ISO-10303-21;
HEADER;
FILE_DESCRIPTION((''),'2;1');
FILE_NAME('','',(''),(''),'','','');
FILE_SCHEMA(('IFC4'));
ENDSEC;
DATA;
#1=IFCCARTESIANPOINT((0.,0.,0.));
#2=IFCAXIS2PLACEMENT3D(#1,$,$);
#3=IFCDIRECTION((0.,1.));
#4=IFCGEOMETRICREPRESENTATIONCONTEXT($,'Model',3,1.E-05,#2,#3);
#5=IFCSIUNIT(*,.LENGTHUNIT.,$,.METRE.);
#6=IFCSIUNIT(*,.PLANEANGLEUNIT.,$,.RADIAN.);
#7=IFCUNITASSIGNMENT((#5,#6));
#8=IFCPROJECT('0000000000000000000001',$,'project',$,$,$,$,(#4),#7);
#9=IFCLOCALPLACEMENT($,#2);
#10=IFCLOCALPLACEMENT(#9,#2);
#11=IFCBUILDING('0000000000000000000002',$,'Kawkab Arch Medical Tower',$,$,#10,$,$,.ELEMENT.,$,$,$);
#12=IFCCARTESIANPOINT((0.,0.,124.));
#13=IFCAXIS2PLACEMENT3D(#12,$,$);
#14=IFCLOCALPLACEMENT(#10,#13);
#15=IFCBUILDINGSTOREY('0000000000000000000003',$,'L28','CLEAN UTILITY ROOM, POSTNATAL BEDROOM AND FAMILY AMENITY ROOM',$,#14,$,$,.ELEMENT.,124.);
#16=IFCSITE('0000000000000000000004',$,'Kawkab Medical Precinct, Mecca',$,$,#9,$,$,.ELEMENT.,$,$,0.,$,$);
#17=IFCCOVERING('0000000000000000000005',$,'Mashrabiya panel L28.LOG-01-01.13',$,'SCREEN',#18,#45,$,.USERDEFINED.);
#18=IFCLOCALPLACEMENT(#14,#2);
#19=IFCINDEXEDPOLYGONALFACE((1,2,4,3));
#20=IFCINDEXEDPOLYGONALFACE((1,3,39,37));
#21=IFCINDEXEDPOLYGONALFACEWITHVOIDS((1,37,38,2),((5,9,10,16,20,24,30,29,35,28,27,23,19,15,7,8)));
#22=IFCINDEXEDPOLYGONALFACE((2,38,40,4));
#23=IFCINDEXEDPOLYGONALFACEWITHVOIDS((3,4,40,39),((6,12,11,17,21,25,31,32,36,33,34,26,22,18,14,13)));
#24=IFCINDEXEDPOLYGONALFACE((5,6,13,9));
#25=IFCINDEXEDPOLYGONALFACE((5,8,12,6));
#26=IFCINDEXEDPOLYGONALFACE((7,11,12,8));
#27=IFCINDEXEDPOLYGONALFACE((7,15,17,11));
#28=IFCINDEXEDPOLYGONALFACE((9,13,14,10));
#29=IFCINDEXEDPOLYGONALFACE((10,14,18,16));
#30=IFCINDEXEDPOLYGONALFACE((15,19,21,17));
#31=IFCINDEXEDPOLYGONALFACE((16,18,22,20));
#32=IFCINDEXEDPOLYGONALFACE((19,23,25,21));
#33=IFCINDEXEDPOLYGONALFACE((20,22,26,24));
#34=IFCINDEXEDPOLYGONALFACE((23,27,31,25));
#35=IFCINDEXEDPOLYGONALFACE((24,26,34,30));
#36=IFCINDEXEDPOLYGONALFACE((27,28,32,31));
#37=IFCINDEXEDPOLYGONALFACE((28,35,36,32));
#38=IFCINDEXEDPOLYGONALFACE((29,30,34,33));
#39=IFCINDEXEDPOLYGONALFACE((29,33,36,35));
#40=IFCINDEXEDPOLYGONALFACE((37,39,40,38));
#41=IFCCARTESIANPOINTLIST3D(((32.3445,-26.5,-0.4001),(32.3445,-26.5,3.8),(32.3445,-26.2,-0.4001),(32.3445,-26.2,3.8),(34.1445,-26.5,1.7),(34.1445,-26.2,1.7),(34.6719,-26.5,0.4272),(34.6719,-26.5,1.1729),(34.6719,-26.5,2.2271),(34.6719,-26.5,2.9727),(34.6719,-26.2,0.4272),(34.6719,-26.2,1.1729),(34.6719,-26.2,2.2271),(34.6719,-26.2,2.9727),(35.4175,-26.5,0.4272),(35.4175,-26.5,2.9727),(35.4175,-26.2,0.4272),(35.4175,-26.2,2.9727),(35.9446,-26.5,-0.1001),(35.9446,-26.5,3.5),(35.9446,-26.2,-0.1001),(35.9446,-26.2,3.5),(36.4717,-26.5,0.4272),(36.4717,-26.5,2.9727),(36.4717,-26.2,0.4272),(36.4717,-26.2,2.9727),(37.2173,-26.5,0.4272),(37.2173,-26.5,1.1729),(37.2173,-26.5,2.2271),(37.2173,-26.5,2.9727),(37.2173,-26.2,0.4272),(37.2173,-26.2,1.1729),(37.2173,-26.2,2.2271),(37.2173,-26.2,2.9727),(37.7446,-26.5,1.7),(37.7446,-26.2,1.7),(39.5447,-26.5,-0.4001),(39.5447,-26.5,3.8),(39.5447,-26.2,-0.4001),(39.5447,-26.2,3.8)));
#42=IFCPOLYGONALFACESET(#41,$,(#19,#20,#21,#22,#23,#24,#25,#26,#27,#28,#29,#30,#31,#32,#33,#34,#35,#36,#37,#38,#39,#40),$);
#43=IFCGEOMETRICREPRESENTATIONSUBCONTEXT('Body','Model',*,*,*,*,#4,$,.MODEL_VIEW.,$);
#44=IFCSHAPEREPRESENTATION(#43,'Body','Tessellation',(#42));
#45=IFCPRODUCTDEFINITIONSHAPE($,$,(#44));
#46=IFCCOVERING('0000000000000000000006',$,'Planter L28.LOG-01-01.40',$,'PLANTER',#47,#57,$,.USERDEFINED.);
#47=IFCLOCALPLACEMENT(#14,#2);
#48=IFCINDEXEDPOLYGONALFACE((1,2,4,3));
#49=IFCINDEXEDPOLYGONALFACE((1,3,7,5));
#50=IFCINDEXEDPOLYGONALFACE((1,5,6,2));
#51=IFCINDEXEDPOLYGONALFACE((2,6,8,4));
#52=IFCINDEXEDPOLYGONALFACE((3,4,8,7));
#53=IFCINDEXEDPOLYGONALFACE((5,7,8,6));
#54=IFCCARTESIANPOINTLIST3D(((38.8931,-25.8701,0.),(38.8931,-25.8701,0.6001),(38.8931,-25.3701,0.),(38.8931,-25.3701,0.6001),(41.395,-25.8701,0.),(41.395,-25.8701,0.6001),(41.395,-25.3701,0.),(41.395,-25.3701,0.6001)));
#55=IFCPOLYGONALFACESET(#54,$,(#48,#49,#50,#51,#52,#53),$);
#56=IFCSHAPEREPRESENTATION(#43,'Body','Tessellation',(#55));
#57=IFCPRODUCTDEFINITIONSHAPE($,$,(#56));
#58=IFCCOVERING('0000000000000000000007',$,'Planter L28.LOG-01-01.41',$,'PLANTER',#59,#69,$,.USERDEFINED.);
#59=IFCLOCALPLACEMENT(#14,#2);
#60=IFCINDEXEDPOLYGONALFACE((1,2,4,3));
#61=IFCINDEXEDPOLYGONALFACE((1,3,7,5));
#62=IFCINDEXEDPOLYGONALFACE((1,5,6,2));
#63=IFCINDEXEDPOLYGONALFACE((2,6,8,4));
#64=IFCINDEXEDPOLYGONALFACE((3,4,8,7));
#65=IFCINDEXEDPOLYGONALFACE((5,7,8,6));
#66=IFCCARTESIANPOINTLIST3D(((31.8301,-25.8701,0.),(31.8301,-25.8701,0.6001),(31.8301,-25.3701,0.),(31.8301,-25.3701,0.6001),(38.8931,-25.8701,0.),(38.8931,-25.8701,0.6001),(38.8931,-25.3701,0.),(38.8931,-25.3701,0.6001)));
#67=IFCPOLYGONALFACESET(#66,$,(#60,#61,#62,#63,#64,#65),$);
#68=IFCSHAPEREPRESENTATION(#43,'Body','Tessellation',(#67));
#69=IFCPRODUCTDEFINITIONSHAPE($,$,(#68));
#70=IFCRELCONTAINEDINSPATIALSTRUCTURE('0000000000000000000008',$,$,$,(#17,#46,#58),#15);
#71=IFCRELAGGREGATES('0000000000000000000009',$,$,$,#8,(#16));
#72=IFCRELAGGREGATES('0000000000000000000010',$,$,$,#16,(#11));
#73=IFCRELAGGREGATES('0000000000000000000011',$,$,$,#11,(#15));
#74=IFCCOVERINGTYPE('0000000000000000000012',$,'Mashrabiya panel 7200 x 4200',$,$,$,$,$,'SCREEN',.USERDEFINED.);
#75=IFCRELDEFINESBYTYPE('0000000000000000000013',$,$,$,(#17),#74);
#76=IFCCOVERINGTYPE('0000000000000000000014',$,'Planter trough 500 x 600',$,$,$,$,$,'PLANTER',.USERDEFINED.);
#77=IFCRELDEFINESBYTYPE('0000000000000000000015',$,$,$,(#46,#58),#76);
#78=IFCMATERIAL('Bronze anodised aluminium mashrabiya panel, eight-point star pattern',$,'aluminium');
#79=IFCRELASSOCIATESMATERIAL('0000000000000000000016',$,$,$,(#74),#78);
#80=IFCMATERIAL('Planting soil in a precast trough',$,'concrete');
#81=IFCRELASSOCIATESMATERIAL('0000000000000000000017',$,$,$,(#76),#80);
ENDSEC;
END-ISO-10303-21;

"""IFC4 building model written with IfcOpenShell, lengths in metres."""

from ifc_helpers import new_model, si_unit, direction, frame, origin, origin_2d, place, context, subcontext, project, spatial, polyline, rectangle, outline, extrude, material, material_profile, profile_set, type_object, element, save


model = new_model("IFC4")

# Units and contexts
model_context = context("Model", 3, precision=1e-05, world=origin(), true_north=direction((0.0, 1.0)))
body_context = subcontext(model_context, "Body", "Model", "MODEL_VIEW")
ifc_project = project(units=[si_unit("LENGTHUNIT", "METRE"), si_unit("PLANEANGLEUNIT", "RADIAN")], contexts=[model_context])

# Site, building, storey
site_placement = place(None, origin())
site = spatial("IfcSite", under=ifc_project, at=site_placement, Name="Kawkab Medical Precinct, Mecca", CompositionType="ELEMENT", RefElevation=0.0)
building_placement = place(site_placement, origin())
building = spatial("IfcBuilding", under=site, at=building_placement, Name="Kawkab Arch Medical Tower", CompositionType="ELEMENT")
storey_placement = place(building_placement, frame((0.0, 0.0, 124.0)))
storey = spatial("IfcBuildingStorey", under=building, at=storey_placement, Name="L28", Description="CLEAN UTILITY ROOM, POSTNATAL BEDROOM AND FAMILY AMENITY ROOM", CompositionType="ELEMENT", Elevation=124.0)

# Coverings
ifc_material_1 = material(Name="Bronze anodised aluminium mashrabiya panel, eight-point star pattern", Category="aluminium")
ifc_material_profile_1 = material_profile(ifc_material_1, outline(polyline([(-3.6001, -2.1001), (3.6001, -2.1001), (3.6001, 2.1001), (-3.6001, 2.1001), (-3.6001, -2.1001)]), holes=[polyline([(1.8, 0.0), (1.2727, 0.5271), (1.2727, 1.2727), (0.5271, 1.2727), (0.0, 1.8), (-0.5271, 1.2727), (-1.2727, 1.2727), (-1.2727, 0.5271), (-1.8, 0.0), (-1.2727, -0.5271), (-1.2727, -1.2727), (-0.5271, -1.2727), (0.0, -1.8), (0.5271, -1.2727), (1.2727, -1.2727), (1.2727, -0.5271), (1.8, 0.0)])]), Name="Mashrabiya panel 7200x4200")
ifc_profile_set_1 = profile_set([ifc_material_profile_1], Name="Bronze anodised aluminium mashrabiya panel, eight-point star pattern")
covering_type_1 = type_object("IfcCoveringType", Name="Mashrabiya panel 7200 x 4200", ElementType="SCREEN", PredefinedType="USERDEFINED", material=ifc_profile_set_1)
covering_1_placement = place(storey_placement, frame((35.9446, -26.2, 1.7), z_axis=(0.0, -1.0, 0.0), x_axis=(1.0, 0.0, 0.0)))
element("IfcCovering", 1, at=covering_1_placement, inside=storey, type_object=covering_type_1, Name="Mashrabiya panel L28.LOG-01-01.13", ObjectType="SCREEN", PredefinedType="USERDEFINED", context=body_context, shape_type="SweptSolid", body=[
    extrude(outline(polyline([(-3.6001, -2.1001), (3.6001, -2.1001), (3.6001, 2.1001), (-3.6001, 2.1001), (-3.6001, -2.1001)]), holes=[polyline([(1.8, 0.0), (1.2727, 0.5271), (1.2727, 1.2727), (0.5271, 1.2727), (0.0, 1.8), (-0.5271, 1.2727), (-1.2727, 1.2727), (-1.2727, 0.5271), (-1.8, 0.0), (-1.2727, -0.5271), (-1.2727, -1.2727), (-0.5271, -1.2727), (0.0, -1.8), (0.5271, -1.2727), (1.2727, -1.2727), (1.2727, -0.5271), (1.8, 0.0)])]), origin(), (0.0, 0.0, 1.0), 0.3),
])
ifc_material_2 = material(Name="Planting soil in a precast trough", Category="concrete")
ifc_material_profile_2 = material_profile(ifc_material_2, rectangle(XDim=0.5, YDim=0.6001, at=origin_2d()), Name="Trough 500x600")
ifc_profile_set_2 = profile_set([ifc_material_profile_2], Name="Planting soil in a precast trough")
covering_type_2 = type_object("IfcCoveringType", Name="Planter trough 500 x 600", ElementType="PLANTER", PredefinedType="USERDEFINED", material=ifc_profile_set_2)
covering_2_placement = place(storey_placement, frame((41.395, -25.6201, 0.3), z_axis=(-1.0, 0.0, 0.0), x_axis=(0.0, -1.0, 0.0)))
element("IfcCovering", 2, at=covering_2_placement, inside=storey, type_object=covering_type_2, Name="Planter L28.LOG-01-01.40", ObjectType="PLANTER", PredefinedType="USERDEFINED", context=body_context, shape_type="SweptSolid", body=[
    extrude(rectangle(XDim=0.5, YDim=0.6001, at=origin_2d()), origin(), (0.0, 0.0, 1.0), 2.502),
])
covering_3_placement = place(storey_placement, frame((38.8931, -25.6201, 0.3), z_axis=(-1.0, 0.0, 0.0), x_axis=(0.0, -1.0, 0.0)))
element("IfcCovering", 3, at=covering_3_placement, inside=storey, type_object=covering_type_2, Name="Planter L28.LOG-01-01.41", ObjectType="PLANTER", PredefinedType="USERDEFINED", context=body_context, shape_type="SweptSolid", body=[
    extrude(rectangle(XDim=0.5, YDim=0.6001, at=origin_2d()), origin(), (0.0, 0.0, 1.0), 7.063),
])

save(model, "model.ifc")
